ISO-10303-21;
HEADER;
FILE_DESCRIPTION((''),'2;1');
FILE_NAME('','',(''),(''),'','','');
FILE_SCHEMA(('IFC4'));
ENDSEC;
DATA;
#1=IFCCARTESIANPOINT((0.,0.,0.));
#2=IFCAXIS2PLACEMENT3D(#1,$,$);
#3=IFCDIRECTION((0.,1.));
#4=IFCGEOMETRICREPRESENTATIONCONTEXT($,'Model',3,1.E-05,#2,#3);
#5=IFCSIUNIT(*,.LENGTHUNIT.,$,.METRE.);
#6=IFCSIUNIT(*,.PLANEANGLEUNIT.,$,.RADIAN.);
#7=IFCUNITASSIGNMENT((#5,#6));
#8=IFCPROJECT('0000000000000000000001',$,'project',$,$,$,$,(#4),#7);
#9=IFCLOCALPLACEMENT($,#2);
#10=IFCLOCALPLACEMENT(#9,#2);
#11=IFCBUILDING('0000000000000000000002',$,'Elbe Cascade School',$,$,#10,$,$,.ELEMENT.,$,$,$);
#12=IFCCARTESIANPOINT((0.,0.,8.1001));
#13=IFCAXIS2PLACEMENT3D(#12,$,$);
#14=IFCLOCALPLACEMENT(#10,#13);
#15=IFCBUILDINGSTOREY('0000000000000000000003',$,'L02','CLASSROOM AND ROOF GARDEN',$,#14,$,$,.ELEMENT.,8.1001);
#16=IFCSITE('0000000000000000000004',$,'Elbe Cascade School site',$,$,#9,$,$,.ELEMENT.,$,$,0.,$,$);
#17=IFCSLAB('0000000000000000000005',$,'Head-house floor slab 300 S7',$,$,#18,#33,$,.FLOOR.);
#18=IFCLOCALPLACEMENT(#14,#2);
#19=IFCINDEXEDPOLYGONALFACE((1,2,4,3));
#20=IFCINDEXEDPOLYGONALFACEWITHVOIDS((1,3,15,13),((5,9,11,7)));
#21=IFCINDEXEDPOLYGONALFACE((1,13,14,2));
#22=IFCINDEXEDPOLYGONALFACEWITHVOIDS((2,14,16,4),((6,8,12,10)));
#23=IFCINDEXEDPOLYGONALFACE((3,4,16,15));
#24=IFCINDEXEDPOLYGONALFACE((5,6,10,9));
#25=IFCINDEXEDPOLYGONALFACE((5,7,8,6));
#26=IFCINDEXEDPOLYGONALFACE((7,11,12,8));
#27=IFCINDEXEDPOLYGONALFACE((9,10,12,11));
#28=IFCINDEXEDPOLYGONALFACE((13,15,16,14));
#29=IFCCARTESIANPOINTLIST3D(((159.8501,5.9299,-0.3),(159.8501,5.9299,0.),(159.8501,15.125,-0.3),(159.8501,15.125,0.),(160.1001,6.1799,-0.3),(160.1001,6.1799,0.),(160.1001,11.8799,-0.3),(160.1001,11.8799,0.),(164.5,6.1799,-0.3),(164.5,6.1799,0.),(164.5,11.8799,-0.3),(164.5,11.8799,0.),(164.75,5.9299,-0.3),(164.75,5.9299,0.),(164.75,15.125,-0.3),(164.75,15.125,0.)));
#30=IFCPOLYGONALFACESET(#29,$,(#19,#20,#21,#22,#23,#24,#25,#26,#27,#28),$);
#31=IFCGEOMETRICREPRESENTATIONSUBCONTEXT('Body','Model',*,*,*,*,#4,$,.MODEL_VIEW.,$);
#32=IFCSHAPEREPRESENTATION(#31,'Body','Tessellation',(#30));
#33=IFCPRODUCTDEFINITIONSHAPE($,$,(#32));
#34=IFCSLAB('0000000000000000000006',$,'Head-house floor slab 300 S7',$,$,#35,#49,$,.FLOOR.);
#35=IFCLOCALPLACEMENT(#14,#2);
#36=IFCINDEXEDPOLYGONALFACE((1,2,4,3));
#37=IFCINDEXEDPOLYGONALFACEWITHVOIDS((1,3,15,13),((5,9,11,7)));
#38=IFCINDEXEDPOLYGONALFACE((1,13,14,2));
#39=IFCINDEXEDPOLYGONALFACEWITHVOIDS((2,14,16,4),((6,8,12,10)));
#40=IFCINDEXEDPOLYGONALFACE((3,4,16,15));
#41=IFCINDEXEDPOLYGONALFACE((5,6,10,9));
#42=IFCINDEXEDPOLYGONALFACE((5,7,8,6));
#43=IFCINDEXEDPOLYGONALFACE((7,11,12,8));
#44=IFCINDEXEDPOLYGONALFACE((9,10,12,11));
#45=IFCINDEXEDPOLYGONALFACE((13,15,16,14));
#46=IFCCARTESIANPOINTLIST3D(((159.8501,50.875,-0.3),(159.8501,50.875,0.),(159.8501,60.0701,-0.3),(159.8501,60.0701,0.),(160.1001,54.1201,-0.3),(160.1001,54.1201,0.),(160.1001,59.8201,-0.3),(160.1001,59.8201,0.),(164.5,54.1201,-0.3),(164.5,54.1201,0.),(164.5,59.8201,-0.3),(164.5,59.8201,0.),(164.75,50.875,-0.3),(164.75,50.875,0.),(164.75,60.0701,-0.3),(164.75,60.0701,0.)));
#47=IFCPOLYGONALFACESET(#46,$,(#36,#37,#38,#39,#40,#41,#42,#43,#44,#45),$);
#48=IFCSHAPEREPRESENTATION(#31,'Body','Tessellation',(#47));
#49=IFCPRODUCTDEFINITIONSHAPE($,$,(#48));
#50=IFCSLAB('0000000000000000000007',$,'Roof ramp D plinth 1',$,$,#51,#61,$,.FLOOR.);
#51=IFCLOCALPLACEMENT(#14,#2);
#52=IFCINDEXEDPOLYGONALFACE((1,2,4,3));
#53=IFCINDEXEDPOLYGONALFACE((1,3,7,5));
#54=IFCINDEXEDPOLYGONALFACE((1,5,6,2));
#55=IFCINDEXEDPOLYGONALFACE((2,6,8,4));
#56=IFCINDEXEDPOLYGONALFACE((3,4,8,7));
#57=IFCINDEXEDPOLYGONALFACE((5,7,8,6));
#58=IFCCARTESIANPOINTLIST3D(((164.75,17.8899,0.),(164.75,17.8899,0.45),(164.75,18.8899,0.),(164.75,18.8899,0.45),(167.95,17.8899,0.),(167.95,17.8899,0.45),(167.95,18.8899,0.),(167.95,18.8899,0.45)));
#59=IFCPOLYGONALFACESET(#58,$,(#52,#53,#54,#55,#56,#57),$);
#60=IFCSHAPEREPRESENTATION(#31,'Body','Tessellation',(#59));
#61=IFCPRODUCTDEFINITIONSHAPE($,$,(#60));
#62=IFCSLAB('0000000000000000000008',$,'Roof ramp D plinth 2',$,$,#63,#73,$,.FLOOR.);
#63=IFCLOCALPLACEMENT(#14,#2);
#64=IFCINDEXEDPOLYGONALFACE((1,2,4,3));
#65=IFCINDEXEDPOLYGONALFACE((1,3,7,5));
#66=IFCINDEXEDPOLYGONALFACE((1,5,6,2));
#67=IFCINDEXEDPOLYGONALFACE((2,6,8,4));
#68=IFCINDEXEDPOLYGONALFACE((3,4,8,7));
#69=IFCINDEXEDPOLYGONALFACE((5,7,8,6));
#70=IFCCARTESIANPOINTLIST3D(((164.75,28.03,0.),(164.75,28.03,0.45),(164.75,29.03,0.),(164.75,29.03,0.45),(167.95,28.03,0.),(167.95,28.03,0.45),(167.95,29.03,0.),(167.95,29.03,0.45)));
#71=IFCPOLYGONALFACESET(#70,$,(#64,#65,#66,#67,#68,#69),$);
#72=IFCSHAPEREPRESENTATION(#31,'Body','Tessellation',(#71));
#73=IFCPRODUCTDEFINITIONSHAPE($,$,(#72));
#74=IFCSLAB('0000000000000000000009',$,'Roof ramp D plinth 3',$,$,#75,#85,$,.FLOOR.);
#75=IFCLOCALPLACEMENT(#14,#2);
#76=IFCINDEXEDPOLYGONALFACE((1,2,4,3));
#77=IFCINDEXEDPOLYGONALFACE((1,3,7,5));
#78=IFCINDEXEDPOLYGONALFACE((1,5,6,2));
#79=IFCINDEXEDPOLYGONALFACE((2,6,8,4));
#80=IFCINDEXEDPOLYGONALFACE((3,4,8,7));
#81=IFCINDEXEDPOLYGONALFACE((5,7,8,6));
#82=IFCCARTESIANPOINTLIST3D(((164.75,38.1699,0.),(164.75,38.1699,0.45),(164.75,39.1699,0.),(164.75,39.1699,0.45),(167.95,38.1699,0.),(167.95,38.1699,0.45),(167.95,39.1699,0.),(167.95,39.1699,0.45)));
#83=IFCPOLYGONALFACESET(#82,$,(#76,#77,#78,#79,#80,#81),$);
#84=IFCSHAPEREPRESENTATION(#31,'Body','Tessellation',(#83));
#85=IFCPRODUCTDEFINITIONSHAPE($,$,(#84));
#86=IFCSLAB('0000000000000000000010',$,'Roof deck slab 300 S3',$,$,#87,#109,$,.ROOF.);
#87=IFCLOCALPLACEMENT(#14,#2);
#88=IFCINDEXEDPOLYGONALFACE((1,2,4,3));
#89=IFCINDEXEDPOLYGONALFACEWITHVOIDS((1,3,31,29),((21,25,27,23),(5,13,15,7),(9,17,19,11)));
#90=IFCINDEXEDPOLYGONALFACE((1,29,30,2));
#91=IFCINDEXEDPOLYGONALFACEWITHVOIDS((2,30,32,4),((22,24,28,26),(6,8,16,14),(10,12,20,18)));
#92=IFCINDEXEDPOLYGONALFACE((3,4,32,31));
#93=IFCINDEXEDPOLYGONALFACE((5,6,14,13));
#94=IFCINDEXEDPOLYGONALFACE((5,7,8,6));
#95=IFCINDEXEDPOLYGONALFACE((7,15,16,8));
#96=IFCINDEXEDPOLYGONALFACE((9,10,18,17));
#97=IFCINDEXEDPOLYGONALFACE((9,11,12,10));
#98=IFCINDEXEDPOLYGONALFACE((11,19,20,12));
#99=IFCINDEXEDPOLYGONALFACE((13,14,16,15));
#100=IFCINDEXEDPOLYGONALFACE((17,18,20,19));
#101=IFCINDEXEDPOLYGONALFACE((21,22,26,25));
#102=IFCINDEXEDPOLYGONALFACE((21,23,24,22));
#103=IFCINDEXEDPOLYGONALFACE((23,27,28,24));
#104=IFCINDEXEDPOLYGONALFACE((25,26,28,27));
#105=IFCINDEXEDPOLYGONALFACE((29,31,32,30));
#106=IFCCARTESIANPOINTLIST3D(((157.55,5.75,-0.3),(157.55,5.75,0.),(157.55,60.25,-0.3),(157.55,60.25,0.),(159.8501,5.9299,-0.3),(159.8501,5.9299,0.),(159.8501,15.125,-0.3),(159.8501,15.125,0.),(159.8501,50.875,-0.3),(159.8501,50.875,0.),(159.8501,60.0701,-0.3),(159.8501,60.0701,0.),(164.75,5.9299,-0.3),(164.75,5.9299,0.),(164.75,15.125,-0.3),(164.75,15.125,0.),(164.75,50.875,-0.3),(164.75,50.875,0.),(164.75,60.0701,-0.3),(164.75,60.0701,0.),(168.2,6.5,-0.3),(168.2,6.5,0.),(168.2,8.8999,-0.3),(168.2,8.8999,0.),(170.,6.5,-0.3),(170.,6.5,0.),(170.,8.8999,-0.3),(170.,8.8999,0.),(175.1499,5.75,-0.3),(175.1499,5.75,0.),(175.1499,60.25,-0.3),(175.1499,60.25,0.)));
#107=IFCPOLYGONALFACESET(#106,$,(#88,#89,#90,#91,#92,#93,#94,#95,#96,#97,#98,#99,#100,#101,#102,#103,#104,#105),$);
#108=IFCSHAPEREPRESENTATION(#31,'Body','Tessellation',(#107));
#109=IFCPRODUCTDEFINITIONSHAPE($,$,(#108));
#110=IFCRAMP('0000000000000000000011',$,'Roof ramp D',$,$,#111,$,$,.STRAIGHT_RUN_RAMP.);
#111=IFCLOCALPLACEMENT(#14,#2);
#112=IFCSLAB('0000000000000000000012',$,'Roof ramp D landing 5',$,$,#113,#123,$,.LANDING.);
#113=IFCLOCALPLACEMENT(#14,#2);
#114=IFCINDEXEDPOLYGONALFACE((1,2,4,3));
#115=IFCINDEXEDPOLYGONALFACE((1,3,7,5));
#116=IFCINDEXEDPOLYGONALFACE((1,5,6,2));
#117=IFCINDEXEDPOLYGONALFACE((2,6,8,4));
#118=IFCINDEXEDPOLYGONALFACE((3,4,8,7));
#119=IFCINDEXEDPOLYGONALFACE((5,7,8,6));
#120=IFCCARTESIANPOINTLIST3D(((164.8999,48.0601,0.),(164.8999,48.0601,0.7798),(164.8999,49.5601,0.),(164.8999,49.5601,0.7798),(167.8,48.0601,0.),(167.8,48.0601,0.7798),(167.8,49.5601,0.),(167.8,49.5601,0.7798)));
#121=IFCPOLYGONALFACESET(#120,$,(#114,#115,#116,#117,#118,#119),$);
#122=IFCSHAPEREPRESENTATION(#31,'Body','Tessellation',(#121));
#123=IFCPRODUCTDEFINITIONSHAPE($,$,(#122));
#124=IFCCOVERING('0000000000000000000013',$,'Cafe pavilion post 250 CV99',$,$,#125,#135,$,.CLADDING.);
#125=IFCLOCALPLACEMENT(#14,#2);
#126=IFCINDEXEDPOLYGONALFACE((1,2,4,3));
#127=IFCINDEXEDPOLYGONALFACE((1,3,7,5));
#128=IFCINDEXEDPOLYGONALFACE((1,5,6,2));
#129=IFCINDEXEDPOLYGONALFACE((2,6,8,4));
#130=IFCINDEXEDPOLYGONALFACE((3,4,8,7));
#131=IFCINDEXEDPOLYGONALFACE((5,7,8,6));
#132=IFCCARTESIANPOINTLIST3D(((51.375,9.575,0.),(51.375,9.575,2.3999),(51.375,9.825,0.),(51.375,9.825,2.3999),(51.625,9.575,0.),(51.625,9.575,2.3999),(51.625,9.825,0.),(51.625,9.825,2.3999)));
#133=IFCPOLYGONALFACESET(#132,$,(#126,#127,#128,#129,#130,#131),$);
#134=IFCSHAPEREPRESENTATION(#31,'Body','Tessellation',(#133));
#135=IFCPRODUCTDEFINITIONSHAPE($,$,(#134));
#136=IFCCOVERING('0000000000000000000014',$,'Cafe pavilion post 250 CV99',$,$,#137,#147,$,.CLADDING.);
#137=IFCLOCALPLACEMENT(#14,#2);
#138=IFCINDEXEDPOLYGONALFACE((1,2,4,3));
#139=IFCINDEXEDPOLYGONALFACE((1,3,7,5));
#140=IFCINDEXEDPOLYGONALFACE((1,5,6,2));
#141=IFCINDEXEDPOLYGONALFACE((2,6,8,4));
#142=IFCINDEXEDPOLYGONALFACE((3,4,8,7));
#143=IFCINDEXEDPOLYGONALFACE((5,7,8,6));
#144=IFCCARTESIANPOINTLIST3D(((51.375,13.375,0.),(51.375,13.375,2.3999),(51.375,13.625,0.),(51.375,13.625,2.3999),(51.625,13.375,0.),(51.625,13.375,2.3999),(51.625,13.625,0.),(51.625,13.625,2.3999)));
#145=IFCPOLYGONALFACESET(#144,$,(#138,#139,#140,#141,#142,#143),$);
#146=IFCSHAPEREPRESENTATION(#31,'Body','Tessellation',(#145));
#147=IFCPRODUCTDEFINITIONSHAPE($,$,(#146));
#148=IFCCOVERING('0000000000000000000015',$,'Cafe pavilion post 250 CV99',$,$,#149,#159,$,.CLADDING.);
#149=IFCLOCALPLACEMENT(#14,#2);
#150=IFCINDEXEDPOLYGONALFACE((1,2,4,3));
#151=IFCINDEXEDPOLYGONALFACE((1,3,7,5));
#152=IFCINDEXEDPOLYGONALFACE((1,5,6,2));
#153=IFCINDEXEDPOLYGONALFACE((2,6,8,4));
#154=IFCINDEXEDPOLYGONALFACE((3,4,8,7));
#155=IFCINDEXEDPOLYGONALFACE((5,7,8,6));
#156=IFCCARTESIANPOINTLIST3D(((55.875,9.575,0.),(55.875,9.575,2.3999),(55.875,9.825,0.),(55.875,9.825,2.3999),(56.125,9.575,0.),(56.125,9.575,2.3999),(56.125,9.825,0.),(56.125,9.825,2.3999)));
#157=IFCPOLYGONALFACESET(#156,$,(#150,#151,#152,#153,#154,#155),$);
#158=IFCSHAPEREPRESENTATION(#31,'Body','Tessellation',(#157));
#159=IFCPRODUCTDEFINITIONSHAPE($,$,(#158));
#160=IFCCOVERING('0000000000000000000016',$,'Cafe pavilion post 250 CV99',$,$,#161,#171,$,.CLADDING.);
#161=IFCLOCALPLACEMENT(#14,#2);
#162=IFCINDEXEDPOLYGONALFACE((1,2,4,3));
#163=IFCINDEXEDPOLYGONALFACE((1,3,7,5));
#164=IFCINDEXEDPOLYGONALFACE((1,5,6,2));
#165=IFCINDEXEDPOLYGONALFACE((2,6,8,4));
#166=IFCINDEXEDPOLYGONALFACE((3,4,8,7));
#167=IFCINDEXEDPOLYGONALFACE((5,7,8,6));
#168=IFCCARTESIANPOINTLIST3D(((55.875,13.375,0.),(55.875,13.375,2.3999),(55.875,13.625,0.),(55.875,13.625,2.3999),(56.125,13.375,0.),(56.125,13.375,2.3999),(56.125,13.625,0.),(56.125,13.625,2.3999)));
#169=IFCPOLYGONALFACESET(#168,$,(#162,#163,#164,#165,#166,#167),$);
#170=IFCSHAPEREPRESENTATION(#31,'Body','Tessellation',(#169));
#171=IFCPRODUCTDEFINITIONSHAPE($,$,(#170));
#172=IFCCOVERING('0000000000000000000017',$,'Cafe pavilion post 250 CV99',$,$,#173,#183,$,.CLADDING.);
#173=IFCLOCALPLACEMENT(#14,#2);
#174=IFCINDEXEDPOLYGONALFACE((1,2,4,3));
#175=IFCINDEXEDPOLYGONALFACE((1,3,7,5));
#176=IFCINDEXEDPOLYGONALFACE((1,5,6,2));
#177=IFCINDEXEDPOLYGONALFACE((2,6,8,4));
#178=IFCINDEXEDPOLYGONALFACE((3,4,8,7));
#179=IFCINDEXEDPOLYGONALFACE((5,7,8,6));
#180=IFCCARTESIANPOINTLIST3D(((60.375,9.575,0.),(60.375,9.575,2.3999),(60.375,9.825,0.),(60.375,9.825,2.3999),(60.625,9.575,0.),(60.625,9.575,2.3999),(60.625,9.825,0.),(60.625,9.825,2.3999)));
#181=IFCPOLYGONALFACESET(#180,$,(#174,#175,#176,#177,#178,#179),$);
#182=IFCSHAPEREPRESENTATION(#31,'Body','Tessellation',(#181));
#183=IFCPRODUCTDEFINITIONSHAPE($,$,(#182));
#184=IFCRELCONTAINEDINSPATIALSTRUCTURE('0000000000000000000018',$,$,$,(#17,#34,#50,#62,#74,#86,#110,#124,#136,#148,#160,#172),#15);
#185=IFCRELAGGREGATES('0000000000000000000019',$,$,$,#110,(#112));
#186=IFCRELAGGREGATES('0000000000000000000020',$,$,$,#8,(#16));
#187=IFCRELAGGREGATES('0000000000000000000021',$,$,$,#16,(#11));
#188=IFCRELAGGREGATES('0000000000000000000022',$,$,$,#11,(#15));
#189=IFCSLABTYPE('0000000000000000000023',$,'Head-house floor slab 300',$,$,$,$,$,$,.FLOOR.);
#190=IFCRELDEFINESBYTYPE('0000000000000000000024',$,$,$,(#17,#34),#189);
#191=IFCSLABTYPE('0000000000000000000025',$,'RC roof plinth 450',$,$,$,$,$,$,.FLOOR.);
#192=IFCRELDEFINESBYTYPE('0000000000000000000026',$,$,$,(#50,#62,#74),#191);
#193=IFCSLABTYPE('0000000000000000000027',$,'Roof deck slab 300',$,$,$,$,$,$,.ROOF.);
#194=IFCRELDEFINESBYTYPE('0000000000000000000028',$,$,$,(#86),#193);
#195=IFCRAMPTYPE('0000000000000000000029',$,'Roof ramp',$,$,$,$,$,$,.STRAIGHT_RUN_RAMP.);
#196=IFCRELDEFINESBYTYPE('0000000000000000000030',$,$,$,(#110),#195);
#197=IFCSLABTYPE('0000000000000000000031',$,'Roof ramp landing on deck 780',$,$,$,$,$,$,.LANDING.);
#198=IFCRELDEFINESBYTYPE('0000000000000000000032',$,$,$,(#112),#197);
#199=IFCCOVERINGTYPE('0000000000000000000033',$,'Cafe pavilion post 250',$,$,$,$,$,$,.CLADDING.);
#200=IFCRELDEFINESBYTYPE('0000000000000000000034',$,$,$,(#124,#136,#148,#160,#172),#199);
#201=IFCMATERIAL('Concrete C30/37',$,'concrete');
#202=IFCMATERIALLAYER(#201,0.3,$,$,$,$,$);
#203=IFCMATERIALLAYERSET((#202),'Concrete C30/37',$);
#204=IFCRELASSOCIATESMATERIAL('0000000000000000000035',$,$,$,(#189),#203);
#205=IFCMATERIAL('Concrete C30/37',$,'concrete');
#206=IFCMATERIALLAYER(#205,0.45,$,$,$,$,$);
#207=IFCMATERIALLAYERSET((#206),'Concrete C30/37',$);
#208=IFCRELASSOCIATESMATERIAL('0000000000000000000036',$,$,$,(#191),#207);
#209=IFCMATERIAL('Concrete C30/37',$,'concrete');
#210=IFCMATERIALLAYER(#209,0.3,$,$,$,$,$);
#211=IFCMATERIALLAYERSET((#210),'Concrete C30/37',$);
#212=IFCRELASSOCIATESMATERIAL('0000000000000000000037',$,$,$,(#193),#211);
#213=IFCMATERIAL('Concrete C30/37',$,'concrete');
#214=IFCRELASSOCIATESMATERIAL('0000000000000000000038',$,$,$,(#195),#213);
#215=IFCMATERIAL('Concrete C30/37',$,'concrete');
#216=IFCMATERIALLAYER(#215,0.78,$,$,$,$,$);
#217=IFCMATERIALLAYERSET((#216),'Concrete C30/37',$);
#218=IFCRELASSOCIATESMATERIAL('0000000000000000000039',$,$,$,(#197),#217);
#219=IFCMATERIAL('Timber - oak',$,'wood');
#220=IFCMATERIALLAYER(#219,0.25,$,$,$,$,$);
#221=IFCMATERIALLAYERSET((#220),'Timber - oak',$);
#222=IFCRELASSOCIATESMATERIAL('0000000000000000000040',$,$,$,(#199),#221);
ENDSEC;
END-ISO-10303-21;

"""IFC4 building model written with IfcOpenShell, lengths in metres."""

from ifc_helpers import new_model, si_unit, direction, frame, origin, place, context, subcontext, project, spatial, polyline, outline, extrude, material, layer, layer_set, type_object, element, aggregate, save


model = new_model("IFC4")

# Units and contexts
model_context = context("Model", 3, precision=1e-05, world=origin(), true_north=direction((0.0, 1.0)))
body_context = subcontext(model_context, "Body", "Model", "MODEL_VIEW")
ifc_project = project(units=[si_unit("LENGTHUNIT", "METRE"), si_unit("PLANEANGLEUNIT", "RADIAN")], contexts=[model_context])

# Site, building, storey
site_placement = place(None, origin())
site = spatial("IfcSite", under=ifc_project, at=site_placement, Name="Elbe Cascade School site", CompositionType="ELEMENT", RefElevation=0.0)
building_placement = place(site_placement, origin())
building = spatial("IfcBuilding", under=site, at=building_placement, Name="Elbe Cascade School", CompositionType="ELEMENT")
storey_placement = place(building_placement, frame((0.0, 0.0, 8.1001)))
storey = spatial("IfcBuildingStorey", under=building, at=storey_placement, Name="L02", Description="CLASSROOM AND ROOF GARDEN", CompositionType="ELEMENT", Elevation=8.1001)

# Slabs
ifc_material_1 = material(Name="Concrete C30/37", Category="concrete")
ifc_layer_1 = layer(ifc_material_1, 0.3)
ifc_layer_set_1 = layer_set([ifc_layer_1], Name="Concrete C30/37")
slab_type_1 = type_object("IfcSlabType", Name="Head-house floor slab 300", PredefinedType="FLOOR", material=ifc_layer_set_1)
slab_1_placement = place(storey_placement, frame((0.0, 0.0, -0.3)))
element("IfcSlab", 1, at=slab_1_placement, inside=storey, type_object=slab_type_1, Name="Head-house floor slab 300 S7", PredefinedType="FLOOR", context=body_context, shape_type="SweptSolid", body=[
    extrude(outline(polyline([(159.8501, 5.9299), (164.75, 5.9299), (164.75, 15.125), (159.8501, 15.125), (159.8501, 5.9299)]), holes=[polyline([(160.1001, 6.1799), (164.5, 6.1799), (164.5, 11.8799), (160.1001, 11.8799), (160.1001, 6.1799)])]), origin(), (0.0, 0.0, 1.0), 0.3),
])
slab_2_placement = place(storey_placement, frame((0.0, 0.0, -0.3)))
element("IfcSlab", 2, at=slab_2_placement, inside=storey, type_object=slab_type_1, Name="Head-house floor slab 300 S7", PredefinedType="FLOOR", context=body_context, shape_type="SweptSolid", body=[
    extrude(outline(polyline([(159.8501, 50.875), (164.75, 50.875), (164.75, 60.0701), (159.8501, 60.0701), (159.8501, 50.875)]), holes=[polyline([(160.1001, 54.1201), (164.5, 54.1201), (164.5, 59.8201), (160.1001, 59.8201), (160.1001, 54.1201)])]), origin(), (0.0, 0.0, 1.0), 0.3),
])
ifc_material_2 = material(Name="Concrete C30/37", Category="concrete")
ifc_layer_2 = layer(ifc_material_2, 0.45)
ifc_layer_set_2 = layer_set([ifc_layer_2], Name="Concrete C30/37")
slab_type_2 = type_object("IfcSlabType", Name="RC roof plinth 450", PredefinedType="FLOOR", material=ifc_layer_set_2)
slab_3_placement = place(storey_placement, origin())
element("IfcSlab", 3, at=slab_3_placement, inside=storey, type_object=slab_type_2, Name="Roof ramp D plinth 1", PredefinedType="FLOOR", context=body_context, shape_type="SweptSolid", body=[
    extrude(outline(polyline([(164.75, 17.8899), (167.95, 17.8899), (167.95, 18.8899), (164.75, 18.8899), (164.75, 17.8899)])), origin(), (0.0, 0.0, 1.0), 0.45),
])
slab_4_placement = place(storey_placement, origin())
element("IfcSlab", 4, at=slab_4_placement, inside=storey, type_object=slab_type_2, Name="Roof ramp D plinth 2", PredefinedType="FLOOR", context=body_context, shape_type="SweptSolid", body=[
    extrude(outline(polyline([(164.75, 28.03), (167.95, 28.03), (167.95, 29.03), (164.75, 29.03), (164.75, 28.03)])), origin(), (0.0, 0.0, 1.0), 0.45),
])
slab_5_placement = place(storey_placement, origin())
element("IfcSlab", 5, at=slab_5_placement, inside=storey, type_object=slab_type_2, Name="Roof ramp D plinth 3", PredefinedType="FLOOR", context=body_context, shape_type="SweptSolid", body=[
    extrude(outline(polyline([(164.75, 38.1699), (167.95, 38.1699), (167.95, 39.1699), (164.75, 39.1699), (164.75, 38.1699)])), origin(), (0.0, 0.0, 1.0), 0.45),
])
ifc_material_3 = material(Name="Concrete C30/37", Category="concrete")
ifc_layer_3 = layer(ifc_material_3, 0.3)
ifc_layer_set_3 = layer_set([ifc_layer_3], Name="Concrete C30/37")
slab_type_3 = type_object("IfcSlabType", Name="Roof deck slab 300", PredefinedType="ROOF", material=ifc_layer_set_3)
slab_6_placement = place(storey_placement, frame((0.0, 0.0, -0.3)))
element("IfcSlab", 6, at=slab_6_placement, inside=storey, type_object=slab_type_3, Name="Roof deck slab 300 S3", PredefinedType="ROOF", context=body_context, shape_type="SweptSolid", body=[
    extrude(outline(polyline([(157.55, 5.75), (175.1499, 5.75), (175.1499, 60.25), (157.55, 60.25), (157.55, 5.75)]), holes=[polyline([(159.8501, 5.9299), (164.75, 5.9299), (164.75, 15.125), (159.8501, 15.125), (159.8501, 5.9299)]), polyline([(168.2, 6.5), (170.0, 6.5), (170.0, 8.8999), (168.2, 8.8999), (168.2, 6.5)]), polyline([(159.8501, 50.875), (164.75, 50.875), (164.75, 60.0701), (159.8501, 60.0701), (159.8501, 50.875)])]), origin(), (0.0, 0.0, 1.0), 0.3),
])

# Ramp, slab
ifc_material_4 = material(Name="Concrete C30/37", Category="concrete")
ramp_type = type_object("IfcRampType", Name="Roof ramp", PredefinedType="STRAIGHT_RUN_RAMP", material=ifc_material_4)
ramp_placement = place(storey_placement, origin())
ramp = element("IfcRamp", 7, at=ramp_placement, inside=storey, type_object=ramp_type, Name="Roof ramp D", PredefinedType="STRAIGHT_RUN_RAMP")
ifc_material_5 = material(Name="Concrete C30/37", Category="concrete")
ifc_layer_4 = layer(ifc_material_5, 0.78)
ifc_layer_set_4 = layer_set([ifc_layer_4], Name="Concrete C30/37")
slab_type_4 = type_object("IfcSlabType", Name="Roof ramp landing on deck 780", PredefinedType="LANDING", material=ifc_layer_set_4)
slab_7_placement = place(storey_placement, origin())
slab_7 = element("IfcSlab", 8, at=slab_7_placement, type_object=slab_type_4, Name="Roof ramp D landing 5", PredefinedType="LANDING", context=body_context, shape_type="SweptSolid", body=[
    extrude(outline(polyline([(167.8, 48.0601), (167.8, 49.5601), (164.8999, 49.5601), (164.8999, 48.0601), (167.8, 48.0601)])), origin(), (0.0, 0.0, 1.0), 0.7798),
])
aggregate(ramp, [slab_7])

# Coverings
ifc_material_6 = material(Name="Timber - oak", Category="wood")
ifc_layer_5 = layer(ifc_material_6, 0.25)
ifc_layer_set_5 = layer_set([ifc_layer_5], Name="Timber - oak")
covering_type_1 = type_object("IfcCoveringType", Name="Cafe pavilion post 250", PredefinedType="CLADDING", material=ifc_layer_set_5)
covering_1_placement = place(storey_placement, origin())
element("IfcCovering", 9, at=covering_1_placement, inside=storey, type_object=covering_type_1, Name="Cafe pavilion post 250 CV99", PredefinedType="CLADDING", context=body_context, shape_type="SweptSolid", body=[
    extrude(outline(polyline([(51.375, 9.575), (51.625, 9.575), (51.625, 9.825), (51.375, 9.825), (51.375, 9.575)])), origin(), (0.0, 0.0, 1.0), 2.3999),
])
covering_2_placement = place(storey_placement, origin())
element("IfcCovering", 10, at=covering_2_placement, inside=storey, type_object=covering_type_1, Name="Cafe pavilion post 250 CV99", PredefinedType="CLADDING", context=body_context, shape_type="SweptSolid", body=[
    extrude(outline(polyline([(51.375, 13.375), (51.625, 13.375), (51.625, 13.625), (51.375, 13.625), (51.375, 13.375)])), origin(), (0.0, 0.0, 1.0), 2.3999),
])
covering_3_placement = place(storey_placement, origin())
element("IfcCovering", 11, at=covering_3_placement, inside=storey, type_object=covering_type_1, Name="Cafe pavilion post 250 CV99", PredefinedType="CLADDING", context=body_context, shape_type="SweptSolid", body=[
    extrude(outline(polyline([(55.875, 9.575), (56.125, 9.575), (56.125, 9.825), (55.875, 9.825), (55.875, 9.575)])), origin(), (0.0, 0.0, 1.0), 2.3999),
])
covering_4_placement = place(storey_placement, origin())
element("IfcCovering", 12, at=covering_4_placement, inside=storey, type_object=covering_type_1, Name="Cafe pavilion post 250 CV99", PredefinedType="CLADDING", context=body_context, shape_type="SweptSolid", body=[
    extrude(outline(polyline([(55.875, 13.375), (56.125, 13.375), (56.125, 13.625), (55.875, 13.625), (55.875, 13.375)])), origin(), (0.0, 0.0, 1.0), 2.3999),
])
covering_5_placement = place(storey_placement, origin())
element("IfcCovering", 13, at=covering_5_placement, inside=storey, type_object=covering_type_1, Name="Cafe pavilion post 250 CV99", PredefinedType="CLADDING", context=body_context, shape_type="SweptSolid", body=[
    extrude(outline(polyline([(60.375, 9.575), (60.625, 9.575), (60.625, 9.825), (60.375, 9.825), (60.375, 9.575)])), origin(), (0.0, 0.0, 1.0), 2.3999),
])

save(model, "model.ifc")
